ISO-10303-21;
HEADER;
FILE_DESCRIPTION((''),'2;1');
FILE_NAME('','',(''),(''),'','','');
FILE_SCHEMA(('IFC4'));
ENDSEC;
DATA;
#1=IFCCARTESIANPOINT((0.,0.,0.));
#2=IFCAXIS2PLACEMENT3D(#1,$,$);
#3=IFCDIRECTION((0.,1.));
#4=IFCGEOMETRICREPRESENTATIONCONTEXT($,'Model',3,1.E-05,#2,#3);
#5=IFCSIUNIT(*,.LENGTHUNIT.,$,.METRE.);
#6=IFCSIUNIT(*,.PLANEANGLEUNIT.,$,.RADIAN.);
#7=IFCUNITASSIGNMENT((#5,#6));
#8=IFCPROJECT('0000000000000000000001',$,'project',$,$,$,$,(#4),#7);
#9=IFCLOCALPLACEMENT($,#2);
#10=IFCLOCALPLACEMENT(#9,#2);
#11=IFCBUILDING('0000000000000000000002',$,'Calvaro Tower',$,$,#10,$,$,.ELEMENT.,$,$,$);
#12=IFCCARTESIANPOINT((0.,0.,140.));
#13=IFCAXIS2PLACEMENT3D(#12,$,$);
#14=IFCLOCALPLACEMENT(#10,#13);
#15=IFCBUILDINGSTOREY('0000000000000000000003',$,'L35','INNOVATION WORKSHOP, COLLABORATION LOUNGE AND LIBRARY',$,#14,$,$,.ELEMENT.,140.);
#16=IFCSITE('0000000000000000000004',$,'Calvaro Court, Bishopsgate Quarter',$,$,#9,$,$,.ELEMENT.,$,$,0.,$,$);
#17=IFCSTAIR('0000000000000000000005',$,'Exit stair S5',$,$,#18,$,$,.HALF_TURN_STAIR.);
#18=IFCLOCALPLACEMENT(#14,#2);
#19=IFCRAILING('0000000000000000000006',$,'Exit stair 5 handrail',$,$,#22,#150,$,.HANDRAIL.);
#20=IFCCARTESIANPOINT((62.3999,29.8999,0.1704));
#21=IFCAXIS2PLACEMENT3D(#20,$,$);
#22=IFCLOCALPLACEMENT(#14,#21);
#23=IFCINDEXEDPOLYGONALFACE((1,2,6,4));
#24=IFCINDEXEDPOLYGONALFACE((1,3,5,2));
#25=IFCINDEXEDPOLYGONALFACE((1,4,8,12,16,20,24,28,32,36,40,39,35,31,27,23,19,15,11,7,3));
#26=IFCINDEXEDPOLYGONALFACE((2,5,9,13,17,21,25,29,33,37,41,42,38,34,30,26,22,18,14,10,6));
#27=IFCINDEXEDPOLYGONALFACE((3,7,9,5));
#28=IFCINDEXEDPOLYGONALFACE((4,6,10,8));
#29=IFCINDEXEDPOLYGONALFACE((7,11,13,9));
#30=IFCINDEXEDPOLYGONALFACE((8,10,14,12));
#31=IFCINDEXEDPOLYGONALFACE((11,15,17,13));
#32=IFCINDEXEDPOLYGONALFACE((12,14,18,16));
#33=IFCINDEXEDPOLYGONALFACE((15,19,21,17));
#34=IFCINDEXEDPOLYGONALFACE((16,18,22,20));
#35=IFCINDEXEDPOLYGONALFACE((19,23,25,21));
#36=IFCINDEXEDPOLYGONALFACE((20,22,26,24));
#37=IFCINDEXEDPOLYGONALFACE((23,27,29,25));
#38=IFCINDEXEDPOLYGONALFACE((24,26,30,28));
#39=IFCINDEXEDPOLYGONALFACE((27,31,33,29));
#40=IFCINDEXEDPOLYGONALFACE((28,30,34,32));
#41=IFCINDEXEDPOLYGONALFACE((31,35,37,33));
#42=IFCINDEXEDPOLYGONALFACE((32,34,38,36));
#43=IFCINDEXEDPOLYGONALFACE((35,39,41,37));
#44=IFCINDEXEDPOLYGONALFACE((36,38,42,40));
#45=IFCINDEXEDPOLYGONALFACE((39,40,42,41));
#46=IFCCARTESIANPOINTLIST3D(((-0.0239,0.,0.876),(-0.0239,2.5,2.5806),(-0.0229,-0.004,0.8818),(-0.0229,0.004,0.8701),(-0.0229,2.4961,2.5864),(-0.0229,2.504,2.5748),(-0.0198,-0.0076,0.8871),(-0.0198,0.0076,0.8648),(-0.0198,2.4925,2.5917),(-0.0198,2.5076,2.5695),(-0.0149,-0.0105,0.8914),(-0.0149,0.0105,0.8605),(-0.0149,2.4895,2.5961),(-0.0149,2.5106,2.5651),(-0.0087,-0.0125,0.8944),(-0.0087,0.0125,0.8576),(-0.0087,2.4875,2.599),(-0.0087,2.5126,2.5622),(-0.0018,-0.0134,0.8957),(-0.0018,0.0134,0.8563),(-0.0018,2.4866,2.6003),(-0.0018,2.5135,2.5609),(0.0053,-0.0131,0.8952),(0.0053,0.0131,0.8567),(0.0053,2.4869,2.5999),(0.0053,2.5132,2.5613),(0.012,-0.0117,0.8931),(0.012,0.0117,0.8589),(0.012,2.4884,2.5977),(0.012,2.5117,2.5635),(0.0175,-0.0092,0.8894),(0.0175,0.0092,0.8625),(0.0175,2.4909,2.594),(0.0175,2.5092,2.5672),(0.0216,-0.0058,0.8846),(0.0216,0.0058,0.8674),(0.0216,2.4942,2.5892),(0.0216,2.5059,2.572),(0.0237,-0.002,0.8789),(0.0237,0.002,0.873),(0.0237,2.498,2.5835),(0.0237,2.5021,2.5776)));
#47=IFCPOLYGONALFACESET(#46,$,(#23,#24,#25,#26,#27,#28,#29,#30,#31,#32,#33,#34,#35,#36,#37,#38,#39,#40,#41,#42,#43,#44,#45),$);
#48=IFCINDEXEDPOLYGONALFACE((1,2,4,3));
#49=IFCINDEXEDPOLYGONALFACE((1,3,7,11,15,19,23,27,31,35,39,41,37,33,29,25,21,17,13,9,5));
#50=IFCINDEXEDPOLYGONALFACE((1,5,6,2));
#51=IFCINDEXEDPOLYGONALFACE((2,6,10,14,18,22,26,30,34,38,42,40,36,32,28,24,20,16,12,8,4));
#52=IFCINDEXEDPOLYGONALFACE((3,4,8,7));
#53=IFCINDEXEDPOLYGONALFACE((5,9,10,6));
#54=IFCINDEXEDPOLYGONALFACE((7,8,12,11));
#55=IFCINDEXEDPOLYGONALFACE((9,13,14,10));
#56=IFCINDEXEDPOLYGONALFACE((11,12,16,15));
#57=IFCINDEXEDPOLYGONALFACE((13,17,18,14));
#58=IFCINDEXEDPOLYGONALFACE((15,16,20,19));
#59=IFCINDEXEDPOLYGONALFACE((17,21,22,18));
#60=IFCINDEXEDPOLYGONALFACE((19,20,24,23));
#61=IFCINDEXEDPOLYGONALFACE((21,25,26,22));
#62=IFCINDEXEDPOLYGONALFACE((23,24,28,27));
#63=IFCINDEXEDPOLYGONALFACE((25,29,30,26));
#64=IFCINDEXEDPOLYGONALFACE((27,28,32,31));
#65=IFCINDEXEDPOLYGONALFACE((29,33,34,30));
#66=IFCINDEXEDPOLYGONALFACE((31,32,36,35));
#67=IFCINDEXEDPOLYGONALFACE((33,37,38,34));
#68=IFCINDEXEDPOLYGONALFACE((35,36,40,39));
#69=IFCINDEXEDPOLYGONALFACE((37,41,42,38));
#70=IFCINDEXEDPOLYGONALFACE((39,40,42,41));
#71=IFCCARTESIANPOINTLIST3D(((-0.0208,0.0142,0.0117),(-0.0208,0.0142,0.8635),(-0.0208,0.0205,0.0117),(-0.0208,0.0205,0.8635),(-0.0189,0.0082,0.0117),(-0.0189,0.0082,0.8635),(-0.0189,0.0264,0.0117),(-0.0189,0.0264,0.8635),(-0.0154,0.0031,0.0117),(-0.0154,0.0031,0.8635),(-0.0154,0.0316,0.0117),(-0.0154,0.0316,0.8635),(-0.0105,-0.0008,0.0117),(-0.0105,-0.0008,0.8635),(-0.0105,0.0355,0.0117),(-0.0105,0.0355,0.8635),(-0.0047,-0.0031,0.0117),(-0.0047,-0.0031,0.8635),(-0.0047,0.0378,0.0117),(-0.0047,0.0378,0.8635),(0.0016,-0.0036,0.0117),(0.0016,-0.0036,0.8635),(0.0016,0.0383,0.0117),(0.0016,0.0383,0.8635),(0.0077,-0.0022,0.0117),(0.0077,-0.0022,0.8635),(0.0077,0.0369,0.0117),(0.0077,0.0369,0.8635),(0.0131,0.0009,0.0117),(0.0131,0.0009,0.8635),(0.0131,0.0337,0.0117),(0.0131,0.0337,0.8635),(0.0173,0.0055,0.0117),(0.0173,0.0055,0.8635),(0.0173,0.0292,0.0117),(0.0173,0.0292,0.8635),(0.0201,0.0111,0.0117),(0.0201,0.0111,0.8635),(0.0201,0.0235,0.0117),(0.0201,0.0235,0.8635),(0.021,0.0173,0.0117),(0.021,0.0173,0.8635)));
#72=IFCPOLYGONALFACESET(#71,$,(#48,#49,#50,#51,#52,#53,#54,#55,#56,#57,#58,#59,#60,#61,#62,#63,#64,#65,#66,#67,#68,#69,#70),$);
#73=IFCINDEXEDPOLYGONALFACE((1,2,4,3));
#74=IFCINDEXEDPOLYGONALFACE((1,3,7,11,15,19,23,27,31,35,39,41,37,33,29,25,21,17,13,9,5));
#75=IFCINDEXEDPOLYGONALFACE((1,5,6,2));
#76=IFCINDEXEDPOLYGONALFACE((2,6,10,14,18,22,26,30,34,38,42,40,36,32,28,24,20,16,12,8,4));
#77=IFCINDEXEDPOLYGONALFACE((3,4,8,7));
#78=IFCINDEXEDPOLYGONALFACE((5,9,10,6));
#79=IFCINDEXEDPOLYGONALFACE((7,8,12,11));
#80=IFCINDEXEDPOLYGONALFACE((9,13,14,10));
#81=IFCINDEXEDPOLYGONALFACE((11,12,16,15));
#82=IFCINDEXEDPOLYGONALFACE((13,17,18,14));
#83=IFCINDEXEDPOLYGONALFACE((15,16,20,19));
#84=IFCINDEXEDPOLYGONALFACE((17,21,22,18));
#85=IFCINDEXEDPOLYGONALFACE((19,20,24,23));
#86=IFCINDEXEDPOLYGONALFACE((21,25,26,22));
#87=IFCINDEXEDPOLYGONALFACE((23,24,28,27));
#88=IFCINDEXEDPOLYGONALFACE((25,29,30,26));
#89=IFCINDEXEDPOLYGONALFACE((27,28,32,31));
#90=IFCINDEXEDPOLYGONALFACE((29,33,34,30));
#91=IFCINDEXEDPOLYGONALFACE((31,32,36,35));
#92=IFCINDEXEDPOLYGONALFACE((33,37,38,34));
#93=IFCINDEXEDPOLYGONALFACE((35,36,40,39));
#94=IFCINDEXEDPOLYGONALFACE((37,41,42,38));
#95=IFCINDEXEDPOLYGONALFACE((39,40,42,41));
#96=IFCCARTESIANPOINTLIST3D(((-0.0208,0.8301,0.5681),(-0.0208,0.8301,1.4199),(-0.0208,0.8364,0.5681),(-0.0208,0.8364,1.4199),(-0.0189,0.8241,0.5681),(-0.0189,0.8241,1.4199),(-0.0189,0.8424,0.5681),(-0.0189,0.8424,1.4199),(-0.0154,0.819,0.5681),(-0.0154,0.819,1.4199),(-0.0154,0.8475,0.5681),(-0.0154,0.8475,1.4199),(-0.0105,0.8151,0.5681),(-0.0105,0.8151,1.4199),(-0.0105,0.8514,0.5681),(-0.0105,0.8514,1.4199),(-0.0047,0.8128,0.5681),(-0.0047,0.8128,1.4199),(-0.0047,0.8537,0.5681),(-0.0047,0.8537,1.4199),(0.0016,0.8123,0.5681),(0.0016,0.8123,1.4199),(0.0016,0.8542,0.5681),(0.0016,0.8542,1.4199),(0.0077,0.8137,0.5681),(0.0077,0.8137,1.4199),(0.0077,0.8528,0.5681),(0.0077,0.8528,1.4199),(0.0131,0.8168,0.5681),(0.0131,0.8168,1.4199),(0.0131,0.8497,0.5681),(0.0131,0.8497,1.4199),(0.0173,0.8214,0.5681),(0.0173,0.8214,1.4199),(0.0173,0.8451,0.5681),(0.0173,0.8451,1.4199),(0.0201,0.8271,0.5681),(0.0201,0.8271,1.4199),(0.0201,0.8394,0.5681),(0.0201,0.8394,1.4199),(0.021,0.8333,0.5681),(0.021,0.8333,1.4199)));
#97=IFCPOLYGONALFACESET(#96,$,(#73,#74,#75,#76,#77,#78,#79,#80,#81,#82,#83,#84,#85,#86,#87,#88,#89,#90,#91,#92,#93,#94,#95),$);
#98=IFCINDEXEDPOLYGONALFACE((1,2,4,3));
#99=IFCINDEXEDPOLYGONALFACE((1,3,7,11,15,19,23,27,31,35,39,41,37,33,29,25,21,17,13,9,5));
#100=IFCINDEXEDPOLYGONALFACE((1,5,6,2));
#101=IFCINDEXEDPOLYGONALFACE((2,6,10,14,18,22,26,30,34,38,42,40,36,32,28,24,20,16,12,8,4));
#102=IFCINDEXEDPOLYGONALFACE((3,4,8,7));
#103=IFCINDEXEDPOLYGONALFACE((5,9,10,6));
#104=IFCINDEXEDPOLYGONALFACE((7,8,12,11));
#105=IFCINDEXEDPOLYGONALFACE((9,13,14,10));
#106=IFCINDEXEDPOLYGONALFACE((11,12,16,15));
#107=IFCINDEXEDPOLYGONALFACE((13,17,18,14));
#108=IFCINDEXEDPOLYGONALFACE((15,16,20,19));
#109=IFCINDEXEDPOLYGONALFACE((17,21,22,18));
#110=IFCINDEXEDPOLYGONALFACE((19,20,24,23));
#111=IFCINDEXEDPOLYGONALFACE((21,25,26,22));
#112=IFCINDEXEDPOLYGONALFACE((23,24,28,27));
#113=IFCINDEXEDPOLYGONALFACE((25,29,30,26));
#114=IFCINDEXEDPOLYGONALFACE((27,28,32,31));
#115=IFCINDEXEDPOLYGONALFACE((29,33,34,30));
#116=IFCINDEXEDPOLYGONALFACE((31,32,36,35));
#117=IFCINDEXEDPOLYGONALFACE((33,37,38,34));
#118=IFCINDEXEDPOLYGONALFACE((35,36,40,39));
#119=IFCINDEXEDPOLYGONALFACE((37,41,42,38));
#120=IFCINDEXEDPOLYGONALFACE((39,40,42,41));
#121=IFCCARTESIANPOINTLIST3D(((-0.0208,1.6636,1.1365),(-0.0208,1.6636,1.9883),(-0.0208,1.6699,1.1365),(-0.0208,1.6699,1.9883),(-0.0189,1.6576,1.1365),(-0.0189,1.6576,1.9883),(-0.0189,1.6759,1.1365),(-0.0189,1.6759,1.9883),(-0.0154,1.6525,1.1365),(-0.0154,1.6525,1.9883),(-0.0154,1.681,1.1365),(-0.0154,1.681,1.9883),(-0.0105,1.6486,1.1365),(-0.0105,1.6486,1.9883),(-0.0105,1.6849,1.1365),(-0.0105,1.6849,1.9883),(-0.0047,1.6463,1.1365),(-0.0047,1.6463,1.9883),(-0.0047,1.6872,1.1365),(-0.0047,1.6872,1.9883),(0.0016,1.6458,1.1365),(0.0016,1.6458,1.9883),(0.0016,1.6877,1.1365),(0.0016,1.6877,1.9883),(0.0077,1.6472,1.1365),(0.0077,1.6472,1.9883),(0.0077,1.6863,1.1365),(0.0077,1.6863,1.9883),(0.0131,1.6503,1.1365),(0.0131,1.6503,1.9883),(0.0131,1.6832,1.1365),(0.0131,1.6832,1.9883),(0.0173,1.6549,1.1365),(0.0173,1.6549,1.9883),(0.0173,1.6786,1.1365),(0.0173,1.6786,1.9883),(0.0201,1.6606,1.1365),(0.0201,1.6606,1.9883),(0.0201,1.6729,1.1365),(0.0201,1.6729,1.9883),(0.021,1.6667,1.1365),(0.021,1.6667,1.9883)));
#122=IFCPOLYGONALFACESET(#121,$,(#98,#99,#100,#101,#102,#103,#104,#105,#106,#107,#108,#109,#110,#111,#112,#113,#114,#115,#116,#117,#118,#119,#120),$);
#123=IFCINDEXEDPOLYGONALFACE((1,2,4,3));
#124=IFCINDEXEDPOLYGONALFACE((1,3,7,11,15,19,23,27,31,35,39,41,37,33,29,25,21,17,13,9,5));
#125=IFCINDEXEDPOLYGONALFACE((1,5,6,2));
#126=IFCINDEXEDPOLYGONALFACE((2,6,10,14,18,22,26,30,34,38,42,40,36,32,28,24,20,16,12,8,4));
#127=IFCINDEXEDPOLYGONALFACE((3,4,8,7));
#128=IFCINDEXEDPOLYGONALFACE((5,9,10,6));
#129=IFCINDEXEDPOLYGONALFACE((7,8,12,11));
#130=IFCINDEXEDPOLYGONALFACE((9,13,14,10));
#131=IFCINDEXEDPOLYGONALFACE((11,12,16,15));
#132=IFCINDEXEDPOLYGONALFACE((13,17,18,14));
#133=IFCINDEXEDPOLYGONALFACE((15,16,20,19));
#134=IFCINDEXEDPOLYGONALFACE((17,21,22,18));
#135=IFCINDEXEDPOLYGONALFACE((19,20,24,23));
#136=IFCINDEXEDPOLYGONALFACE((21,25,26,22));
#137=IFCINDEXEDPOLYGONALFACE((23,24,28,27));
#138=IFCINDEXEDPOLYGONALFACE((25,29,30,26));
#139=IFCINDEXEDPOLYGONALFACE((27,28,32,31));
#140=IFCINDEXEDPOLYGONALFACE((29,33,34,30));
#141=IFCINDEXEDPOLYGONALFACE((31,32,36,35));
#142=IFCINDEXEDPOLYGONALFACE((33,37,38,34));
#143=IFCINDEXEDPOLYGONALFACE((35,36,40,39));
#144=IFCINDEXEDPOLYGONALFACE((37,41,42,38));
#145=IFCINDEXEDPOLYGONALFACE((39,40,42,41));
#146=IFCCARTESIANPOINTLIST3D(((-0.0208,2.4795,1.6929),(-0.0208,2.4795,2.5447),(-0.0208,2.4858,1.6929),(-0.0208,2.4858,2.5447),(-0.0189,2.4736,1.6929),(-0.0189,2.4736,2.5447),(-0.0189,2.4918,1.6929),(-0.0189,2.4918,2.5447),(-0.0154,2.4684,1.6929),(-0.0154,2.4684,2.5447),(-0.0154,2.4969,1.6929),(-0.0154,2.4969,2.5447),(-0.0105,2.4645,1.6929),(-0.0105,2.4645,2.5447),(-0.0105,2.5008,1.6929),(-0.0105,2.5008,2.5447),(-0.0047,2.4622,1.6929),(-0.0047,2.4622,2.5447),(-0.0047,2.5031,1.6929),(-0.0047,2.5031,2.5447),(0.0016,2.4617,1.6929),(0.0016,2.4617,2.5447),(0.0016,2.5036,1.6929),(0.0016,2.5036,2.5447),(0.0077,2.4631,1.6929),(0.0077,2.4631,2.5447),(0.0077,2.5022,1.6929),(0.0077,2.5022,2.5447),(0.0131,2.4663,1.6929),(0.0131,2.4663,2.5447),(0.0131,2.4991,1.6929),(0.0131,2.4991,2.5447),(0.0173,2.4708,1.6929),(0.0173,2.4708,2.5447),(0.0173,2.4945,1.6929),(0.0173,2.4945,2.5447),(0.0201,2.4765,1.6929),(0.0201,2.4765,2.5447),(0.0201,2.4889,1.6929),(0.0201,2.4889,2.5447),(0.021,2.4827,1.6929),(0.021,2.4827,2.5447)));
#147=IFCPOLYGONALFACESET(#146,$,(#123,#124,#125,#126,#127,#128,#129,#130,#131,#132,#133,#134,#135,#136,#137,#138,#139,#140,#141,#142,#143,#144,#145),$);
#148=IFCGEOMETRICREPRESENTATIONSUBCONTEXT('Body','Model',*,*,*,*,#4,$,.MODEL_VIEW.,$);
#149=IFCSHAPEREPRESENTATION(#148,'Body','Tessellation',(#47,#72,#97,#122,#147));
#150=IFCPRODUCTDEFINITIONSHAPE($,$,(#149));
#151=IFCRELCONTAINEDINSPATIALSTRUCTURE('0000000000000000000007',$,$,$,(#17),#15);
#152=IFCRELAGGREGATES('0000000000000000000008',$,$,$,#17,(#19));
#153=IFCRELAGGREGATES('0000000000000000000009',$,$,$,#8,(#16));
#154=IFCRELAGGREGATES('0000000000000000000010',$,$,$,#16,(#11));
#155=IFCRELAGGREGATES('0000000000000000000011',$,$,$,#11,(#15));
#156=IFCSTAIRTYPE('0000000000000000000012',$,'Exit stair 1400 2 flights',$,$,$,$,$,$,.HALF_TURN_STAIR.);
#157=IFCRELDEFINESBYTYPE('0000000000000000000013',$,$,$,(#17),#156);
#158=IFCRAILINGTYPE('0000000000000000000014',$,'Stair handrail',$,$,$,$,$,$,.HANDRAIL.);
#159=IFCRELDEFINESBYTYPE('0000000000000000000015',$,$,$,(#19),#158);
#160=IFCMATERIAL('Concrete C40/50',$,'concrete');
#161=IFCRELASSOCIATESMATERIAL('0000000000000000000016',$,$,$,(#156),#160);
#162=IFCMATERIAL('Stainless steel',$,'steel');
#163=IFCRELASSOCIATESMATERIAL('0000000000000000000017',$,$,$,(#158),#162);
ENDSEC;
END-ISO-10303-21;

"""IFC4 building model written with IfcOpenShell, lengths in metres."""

from ifc_helpers import new_model, si_unit, direction, frame, origin, origin_2d, place, context, subcontext, project, spatial, circle, extrude, material, type_object, element, aggregate, save


model = new_model("IFC4")

# Units and contexts
model_context = context("Model", 3, precision=1e-05, world=origin(), true_north=direction((0.0, 1.0)))
body_context = subcontext(model_context, "Body", "Model", "MODEL_VIEW")
ifc_project = project(units=[si_unit("LENGTHUNIT", "METRE"), si_unit("PLANEANGLEUNIT", "RADIAN")], contexts=[model_context])

# Site, building, storey
site_placement = place(None, origin())
site = spatial("IfcSite", under=ifc_project, at=site_placement, Name="Calvaro Court, Bishopsgate Quarter", CompositionType="ELEMENT", RefElevation=0.0)
building_placement = place(site_placement, origin())
building = spatial("IfcBuilding", under=site, at=building_placement, Name="Calvaro Tower", CompositionType="ELEMENT")
storey_placement = place(building_placement, frame((0.0, 0.0, 140.0)))
storey = spatial("IfcBuildingStorey", under=building, at=storey_placement, Name="L35", Description="INNOVATION WORKSHOP, COLLABORATION LOUNGE AND LIBRARY", CompositionType="ELEMENT", Elevation=140.0)

# Stair
ifc_material_1 = material(Name="Concrete C40/50", Category="concrete")
stair_type = type_object("IfcStairType", Name="Exit stair 1400 2 flights", PredefinedType="HALF_TURN_STAIR", material=ifc_material_1)
stair_1_placement = place(storey_placement, origin())
stair_1 = element("IfcStair", 1, at=stair_1_placement, inside=storey, type_object=stair_type, Name="Exit stair S5", PredefinedType="HALF_TURN_STAIR")

# Shared definitions
ifc_material_2 = material(Name="Stainless steel", Category="steel")
railing_type = type_object("IfcRailingType", Name="Stair handrail", PredefinedType="HANDRAIL", material=ifc_material_2)

# Railing
railing_1_placement = place(storey_placement, frame((62.3999, 29.8999, 0.1704)))
railing_1 = element("IfcRailing", 2, at=railing_1_placement, type_object=railing_type, Name="Exit stair 5 handrail", PredefinedType="HANDRAIL", context=body_context, shape_type="SweptSolid", body=[
    extrude(circle(Radius=0.0239, at=origin_2d()), frame((0.0, 0.0, 0.876), z_axis=(0.0, 0.826221, 0.563347), x_axis=(-1.0, 0.0, 0.0)), (0.0, 0.0, 1.0), 3.0259),
    extrude(circle(Radius=0.021, at=origin_2d()), frame((0.0, 0.0173, 0.0117)), (0.0, 0.0, 1.0), 0.8518),
    extrude(circle(Radius=0.021, at=origin_2d()), frame((0.0, 0.8333, 0.5681)), (0.0, 0.0, 1.0), 0.8518),
    extrude(circle(Radius=0.021, at=origin_2d()), frame((0.0, 1.6667, 1.1365)), (0.0, 0.0, 1.0), 0.8518),
    extrude(circle(Radius=0.021, at=origin_2d()), frame((0.0, 2.4827, 1.6929)), (0.0, 0.0, 1.0), 0.8518),
])
aggregate(stair_1, [railing_1])

save(model, "model.ifc")
